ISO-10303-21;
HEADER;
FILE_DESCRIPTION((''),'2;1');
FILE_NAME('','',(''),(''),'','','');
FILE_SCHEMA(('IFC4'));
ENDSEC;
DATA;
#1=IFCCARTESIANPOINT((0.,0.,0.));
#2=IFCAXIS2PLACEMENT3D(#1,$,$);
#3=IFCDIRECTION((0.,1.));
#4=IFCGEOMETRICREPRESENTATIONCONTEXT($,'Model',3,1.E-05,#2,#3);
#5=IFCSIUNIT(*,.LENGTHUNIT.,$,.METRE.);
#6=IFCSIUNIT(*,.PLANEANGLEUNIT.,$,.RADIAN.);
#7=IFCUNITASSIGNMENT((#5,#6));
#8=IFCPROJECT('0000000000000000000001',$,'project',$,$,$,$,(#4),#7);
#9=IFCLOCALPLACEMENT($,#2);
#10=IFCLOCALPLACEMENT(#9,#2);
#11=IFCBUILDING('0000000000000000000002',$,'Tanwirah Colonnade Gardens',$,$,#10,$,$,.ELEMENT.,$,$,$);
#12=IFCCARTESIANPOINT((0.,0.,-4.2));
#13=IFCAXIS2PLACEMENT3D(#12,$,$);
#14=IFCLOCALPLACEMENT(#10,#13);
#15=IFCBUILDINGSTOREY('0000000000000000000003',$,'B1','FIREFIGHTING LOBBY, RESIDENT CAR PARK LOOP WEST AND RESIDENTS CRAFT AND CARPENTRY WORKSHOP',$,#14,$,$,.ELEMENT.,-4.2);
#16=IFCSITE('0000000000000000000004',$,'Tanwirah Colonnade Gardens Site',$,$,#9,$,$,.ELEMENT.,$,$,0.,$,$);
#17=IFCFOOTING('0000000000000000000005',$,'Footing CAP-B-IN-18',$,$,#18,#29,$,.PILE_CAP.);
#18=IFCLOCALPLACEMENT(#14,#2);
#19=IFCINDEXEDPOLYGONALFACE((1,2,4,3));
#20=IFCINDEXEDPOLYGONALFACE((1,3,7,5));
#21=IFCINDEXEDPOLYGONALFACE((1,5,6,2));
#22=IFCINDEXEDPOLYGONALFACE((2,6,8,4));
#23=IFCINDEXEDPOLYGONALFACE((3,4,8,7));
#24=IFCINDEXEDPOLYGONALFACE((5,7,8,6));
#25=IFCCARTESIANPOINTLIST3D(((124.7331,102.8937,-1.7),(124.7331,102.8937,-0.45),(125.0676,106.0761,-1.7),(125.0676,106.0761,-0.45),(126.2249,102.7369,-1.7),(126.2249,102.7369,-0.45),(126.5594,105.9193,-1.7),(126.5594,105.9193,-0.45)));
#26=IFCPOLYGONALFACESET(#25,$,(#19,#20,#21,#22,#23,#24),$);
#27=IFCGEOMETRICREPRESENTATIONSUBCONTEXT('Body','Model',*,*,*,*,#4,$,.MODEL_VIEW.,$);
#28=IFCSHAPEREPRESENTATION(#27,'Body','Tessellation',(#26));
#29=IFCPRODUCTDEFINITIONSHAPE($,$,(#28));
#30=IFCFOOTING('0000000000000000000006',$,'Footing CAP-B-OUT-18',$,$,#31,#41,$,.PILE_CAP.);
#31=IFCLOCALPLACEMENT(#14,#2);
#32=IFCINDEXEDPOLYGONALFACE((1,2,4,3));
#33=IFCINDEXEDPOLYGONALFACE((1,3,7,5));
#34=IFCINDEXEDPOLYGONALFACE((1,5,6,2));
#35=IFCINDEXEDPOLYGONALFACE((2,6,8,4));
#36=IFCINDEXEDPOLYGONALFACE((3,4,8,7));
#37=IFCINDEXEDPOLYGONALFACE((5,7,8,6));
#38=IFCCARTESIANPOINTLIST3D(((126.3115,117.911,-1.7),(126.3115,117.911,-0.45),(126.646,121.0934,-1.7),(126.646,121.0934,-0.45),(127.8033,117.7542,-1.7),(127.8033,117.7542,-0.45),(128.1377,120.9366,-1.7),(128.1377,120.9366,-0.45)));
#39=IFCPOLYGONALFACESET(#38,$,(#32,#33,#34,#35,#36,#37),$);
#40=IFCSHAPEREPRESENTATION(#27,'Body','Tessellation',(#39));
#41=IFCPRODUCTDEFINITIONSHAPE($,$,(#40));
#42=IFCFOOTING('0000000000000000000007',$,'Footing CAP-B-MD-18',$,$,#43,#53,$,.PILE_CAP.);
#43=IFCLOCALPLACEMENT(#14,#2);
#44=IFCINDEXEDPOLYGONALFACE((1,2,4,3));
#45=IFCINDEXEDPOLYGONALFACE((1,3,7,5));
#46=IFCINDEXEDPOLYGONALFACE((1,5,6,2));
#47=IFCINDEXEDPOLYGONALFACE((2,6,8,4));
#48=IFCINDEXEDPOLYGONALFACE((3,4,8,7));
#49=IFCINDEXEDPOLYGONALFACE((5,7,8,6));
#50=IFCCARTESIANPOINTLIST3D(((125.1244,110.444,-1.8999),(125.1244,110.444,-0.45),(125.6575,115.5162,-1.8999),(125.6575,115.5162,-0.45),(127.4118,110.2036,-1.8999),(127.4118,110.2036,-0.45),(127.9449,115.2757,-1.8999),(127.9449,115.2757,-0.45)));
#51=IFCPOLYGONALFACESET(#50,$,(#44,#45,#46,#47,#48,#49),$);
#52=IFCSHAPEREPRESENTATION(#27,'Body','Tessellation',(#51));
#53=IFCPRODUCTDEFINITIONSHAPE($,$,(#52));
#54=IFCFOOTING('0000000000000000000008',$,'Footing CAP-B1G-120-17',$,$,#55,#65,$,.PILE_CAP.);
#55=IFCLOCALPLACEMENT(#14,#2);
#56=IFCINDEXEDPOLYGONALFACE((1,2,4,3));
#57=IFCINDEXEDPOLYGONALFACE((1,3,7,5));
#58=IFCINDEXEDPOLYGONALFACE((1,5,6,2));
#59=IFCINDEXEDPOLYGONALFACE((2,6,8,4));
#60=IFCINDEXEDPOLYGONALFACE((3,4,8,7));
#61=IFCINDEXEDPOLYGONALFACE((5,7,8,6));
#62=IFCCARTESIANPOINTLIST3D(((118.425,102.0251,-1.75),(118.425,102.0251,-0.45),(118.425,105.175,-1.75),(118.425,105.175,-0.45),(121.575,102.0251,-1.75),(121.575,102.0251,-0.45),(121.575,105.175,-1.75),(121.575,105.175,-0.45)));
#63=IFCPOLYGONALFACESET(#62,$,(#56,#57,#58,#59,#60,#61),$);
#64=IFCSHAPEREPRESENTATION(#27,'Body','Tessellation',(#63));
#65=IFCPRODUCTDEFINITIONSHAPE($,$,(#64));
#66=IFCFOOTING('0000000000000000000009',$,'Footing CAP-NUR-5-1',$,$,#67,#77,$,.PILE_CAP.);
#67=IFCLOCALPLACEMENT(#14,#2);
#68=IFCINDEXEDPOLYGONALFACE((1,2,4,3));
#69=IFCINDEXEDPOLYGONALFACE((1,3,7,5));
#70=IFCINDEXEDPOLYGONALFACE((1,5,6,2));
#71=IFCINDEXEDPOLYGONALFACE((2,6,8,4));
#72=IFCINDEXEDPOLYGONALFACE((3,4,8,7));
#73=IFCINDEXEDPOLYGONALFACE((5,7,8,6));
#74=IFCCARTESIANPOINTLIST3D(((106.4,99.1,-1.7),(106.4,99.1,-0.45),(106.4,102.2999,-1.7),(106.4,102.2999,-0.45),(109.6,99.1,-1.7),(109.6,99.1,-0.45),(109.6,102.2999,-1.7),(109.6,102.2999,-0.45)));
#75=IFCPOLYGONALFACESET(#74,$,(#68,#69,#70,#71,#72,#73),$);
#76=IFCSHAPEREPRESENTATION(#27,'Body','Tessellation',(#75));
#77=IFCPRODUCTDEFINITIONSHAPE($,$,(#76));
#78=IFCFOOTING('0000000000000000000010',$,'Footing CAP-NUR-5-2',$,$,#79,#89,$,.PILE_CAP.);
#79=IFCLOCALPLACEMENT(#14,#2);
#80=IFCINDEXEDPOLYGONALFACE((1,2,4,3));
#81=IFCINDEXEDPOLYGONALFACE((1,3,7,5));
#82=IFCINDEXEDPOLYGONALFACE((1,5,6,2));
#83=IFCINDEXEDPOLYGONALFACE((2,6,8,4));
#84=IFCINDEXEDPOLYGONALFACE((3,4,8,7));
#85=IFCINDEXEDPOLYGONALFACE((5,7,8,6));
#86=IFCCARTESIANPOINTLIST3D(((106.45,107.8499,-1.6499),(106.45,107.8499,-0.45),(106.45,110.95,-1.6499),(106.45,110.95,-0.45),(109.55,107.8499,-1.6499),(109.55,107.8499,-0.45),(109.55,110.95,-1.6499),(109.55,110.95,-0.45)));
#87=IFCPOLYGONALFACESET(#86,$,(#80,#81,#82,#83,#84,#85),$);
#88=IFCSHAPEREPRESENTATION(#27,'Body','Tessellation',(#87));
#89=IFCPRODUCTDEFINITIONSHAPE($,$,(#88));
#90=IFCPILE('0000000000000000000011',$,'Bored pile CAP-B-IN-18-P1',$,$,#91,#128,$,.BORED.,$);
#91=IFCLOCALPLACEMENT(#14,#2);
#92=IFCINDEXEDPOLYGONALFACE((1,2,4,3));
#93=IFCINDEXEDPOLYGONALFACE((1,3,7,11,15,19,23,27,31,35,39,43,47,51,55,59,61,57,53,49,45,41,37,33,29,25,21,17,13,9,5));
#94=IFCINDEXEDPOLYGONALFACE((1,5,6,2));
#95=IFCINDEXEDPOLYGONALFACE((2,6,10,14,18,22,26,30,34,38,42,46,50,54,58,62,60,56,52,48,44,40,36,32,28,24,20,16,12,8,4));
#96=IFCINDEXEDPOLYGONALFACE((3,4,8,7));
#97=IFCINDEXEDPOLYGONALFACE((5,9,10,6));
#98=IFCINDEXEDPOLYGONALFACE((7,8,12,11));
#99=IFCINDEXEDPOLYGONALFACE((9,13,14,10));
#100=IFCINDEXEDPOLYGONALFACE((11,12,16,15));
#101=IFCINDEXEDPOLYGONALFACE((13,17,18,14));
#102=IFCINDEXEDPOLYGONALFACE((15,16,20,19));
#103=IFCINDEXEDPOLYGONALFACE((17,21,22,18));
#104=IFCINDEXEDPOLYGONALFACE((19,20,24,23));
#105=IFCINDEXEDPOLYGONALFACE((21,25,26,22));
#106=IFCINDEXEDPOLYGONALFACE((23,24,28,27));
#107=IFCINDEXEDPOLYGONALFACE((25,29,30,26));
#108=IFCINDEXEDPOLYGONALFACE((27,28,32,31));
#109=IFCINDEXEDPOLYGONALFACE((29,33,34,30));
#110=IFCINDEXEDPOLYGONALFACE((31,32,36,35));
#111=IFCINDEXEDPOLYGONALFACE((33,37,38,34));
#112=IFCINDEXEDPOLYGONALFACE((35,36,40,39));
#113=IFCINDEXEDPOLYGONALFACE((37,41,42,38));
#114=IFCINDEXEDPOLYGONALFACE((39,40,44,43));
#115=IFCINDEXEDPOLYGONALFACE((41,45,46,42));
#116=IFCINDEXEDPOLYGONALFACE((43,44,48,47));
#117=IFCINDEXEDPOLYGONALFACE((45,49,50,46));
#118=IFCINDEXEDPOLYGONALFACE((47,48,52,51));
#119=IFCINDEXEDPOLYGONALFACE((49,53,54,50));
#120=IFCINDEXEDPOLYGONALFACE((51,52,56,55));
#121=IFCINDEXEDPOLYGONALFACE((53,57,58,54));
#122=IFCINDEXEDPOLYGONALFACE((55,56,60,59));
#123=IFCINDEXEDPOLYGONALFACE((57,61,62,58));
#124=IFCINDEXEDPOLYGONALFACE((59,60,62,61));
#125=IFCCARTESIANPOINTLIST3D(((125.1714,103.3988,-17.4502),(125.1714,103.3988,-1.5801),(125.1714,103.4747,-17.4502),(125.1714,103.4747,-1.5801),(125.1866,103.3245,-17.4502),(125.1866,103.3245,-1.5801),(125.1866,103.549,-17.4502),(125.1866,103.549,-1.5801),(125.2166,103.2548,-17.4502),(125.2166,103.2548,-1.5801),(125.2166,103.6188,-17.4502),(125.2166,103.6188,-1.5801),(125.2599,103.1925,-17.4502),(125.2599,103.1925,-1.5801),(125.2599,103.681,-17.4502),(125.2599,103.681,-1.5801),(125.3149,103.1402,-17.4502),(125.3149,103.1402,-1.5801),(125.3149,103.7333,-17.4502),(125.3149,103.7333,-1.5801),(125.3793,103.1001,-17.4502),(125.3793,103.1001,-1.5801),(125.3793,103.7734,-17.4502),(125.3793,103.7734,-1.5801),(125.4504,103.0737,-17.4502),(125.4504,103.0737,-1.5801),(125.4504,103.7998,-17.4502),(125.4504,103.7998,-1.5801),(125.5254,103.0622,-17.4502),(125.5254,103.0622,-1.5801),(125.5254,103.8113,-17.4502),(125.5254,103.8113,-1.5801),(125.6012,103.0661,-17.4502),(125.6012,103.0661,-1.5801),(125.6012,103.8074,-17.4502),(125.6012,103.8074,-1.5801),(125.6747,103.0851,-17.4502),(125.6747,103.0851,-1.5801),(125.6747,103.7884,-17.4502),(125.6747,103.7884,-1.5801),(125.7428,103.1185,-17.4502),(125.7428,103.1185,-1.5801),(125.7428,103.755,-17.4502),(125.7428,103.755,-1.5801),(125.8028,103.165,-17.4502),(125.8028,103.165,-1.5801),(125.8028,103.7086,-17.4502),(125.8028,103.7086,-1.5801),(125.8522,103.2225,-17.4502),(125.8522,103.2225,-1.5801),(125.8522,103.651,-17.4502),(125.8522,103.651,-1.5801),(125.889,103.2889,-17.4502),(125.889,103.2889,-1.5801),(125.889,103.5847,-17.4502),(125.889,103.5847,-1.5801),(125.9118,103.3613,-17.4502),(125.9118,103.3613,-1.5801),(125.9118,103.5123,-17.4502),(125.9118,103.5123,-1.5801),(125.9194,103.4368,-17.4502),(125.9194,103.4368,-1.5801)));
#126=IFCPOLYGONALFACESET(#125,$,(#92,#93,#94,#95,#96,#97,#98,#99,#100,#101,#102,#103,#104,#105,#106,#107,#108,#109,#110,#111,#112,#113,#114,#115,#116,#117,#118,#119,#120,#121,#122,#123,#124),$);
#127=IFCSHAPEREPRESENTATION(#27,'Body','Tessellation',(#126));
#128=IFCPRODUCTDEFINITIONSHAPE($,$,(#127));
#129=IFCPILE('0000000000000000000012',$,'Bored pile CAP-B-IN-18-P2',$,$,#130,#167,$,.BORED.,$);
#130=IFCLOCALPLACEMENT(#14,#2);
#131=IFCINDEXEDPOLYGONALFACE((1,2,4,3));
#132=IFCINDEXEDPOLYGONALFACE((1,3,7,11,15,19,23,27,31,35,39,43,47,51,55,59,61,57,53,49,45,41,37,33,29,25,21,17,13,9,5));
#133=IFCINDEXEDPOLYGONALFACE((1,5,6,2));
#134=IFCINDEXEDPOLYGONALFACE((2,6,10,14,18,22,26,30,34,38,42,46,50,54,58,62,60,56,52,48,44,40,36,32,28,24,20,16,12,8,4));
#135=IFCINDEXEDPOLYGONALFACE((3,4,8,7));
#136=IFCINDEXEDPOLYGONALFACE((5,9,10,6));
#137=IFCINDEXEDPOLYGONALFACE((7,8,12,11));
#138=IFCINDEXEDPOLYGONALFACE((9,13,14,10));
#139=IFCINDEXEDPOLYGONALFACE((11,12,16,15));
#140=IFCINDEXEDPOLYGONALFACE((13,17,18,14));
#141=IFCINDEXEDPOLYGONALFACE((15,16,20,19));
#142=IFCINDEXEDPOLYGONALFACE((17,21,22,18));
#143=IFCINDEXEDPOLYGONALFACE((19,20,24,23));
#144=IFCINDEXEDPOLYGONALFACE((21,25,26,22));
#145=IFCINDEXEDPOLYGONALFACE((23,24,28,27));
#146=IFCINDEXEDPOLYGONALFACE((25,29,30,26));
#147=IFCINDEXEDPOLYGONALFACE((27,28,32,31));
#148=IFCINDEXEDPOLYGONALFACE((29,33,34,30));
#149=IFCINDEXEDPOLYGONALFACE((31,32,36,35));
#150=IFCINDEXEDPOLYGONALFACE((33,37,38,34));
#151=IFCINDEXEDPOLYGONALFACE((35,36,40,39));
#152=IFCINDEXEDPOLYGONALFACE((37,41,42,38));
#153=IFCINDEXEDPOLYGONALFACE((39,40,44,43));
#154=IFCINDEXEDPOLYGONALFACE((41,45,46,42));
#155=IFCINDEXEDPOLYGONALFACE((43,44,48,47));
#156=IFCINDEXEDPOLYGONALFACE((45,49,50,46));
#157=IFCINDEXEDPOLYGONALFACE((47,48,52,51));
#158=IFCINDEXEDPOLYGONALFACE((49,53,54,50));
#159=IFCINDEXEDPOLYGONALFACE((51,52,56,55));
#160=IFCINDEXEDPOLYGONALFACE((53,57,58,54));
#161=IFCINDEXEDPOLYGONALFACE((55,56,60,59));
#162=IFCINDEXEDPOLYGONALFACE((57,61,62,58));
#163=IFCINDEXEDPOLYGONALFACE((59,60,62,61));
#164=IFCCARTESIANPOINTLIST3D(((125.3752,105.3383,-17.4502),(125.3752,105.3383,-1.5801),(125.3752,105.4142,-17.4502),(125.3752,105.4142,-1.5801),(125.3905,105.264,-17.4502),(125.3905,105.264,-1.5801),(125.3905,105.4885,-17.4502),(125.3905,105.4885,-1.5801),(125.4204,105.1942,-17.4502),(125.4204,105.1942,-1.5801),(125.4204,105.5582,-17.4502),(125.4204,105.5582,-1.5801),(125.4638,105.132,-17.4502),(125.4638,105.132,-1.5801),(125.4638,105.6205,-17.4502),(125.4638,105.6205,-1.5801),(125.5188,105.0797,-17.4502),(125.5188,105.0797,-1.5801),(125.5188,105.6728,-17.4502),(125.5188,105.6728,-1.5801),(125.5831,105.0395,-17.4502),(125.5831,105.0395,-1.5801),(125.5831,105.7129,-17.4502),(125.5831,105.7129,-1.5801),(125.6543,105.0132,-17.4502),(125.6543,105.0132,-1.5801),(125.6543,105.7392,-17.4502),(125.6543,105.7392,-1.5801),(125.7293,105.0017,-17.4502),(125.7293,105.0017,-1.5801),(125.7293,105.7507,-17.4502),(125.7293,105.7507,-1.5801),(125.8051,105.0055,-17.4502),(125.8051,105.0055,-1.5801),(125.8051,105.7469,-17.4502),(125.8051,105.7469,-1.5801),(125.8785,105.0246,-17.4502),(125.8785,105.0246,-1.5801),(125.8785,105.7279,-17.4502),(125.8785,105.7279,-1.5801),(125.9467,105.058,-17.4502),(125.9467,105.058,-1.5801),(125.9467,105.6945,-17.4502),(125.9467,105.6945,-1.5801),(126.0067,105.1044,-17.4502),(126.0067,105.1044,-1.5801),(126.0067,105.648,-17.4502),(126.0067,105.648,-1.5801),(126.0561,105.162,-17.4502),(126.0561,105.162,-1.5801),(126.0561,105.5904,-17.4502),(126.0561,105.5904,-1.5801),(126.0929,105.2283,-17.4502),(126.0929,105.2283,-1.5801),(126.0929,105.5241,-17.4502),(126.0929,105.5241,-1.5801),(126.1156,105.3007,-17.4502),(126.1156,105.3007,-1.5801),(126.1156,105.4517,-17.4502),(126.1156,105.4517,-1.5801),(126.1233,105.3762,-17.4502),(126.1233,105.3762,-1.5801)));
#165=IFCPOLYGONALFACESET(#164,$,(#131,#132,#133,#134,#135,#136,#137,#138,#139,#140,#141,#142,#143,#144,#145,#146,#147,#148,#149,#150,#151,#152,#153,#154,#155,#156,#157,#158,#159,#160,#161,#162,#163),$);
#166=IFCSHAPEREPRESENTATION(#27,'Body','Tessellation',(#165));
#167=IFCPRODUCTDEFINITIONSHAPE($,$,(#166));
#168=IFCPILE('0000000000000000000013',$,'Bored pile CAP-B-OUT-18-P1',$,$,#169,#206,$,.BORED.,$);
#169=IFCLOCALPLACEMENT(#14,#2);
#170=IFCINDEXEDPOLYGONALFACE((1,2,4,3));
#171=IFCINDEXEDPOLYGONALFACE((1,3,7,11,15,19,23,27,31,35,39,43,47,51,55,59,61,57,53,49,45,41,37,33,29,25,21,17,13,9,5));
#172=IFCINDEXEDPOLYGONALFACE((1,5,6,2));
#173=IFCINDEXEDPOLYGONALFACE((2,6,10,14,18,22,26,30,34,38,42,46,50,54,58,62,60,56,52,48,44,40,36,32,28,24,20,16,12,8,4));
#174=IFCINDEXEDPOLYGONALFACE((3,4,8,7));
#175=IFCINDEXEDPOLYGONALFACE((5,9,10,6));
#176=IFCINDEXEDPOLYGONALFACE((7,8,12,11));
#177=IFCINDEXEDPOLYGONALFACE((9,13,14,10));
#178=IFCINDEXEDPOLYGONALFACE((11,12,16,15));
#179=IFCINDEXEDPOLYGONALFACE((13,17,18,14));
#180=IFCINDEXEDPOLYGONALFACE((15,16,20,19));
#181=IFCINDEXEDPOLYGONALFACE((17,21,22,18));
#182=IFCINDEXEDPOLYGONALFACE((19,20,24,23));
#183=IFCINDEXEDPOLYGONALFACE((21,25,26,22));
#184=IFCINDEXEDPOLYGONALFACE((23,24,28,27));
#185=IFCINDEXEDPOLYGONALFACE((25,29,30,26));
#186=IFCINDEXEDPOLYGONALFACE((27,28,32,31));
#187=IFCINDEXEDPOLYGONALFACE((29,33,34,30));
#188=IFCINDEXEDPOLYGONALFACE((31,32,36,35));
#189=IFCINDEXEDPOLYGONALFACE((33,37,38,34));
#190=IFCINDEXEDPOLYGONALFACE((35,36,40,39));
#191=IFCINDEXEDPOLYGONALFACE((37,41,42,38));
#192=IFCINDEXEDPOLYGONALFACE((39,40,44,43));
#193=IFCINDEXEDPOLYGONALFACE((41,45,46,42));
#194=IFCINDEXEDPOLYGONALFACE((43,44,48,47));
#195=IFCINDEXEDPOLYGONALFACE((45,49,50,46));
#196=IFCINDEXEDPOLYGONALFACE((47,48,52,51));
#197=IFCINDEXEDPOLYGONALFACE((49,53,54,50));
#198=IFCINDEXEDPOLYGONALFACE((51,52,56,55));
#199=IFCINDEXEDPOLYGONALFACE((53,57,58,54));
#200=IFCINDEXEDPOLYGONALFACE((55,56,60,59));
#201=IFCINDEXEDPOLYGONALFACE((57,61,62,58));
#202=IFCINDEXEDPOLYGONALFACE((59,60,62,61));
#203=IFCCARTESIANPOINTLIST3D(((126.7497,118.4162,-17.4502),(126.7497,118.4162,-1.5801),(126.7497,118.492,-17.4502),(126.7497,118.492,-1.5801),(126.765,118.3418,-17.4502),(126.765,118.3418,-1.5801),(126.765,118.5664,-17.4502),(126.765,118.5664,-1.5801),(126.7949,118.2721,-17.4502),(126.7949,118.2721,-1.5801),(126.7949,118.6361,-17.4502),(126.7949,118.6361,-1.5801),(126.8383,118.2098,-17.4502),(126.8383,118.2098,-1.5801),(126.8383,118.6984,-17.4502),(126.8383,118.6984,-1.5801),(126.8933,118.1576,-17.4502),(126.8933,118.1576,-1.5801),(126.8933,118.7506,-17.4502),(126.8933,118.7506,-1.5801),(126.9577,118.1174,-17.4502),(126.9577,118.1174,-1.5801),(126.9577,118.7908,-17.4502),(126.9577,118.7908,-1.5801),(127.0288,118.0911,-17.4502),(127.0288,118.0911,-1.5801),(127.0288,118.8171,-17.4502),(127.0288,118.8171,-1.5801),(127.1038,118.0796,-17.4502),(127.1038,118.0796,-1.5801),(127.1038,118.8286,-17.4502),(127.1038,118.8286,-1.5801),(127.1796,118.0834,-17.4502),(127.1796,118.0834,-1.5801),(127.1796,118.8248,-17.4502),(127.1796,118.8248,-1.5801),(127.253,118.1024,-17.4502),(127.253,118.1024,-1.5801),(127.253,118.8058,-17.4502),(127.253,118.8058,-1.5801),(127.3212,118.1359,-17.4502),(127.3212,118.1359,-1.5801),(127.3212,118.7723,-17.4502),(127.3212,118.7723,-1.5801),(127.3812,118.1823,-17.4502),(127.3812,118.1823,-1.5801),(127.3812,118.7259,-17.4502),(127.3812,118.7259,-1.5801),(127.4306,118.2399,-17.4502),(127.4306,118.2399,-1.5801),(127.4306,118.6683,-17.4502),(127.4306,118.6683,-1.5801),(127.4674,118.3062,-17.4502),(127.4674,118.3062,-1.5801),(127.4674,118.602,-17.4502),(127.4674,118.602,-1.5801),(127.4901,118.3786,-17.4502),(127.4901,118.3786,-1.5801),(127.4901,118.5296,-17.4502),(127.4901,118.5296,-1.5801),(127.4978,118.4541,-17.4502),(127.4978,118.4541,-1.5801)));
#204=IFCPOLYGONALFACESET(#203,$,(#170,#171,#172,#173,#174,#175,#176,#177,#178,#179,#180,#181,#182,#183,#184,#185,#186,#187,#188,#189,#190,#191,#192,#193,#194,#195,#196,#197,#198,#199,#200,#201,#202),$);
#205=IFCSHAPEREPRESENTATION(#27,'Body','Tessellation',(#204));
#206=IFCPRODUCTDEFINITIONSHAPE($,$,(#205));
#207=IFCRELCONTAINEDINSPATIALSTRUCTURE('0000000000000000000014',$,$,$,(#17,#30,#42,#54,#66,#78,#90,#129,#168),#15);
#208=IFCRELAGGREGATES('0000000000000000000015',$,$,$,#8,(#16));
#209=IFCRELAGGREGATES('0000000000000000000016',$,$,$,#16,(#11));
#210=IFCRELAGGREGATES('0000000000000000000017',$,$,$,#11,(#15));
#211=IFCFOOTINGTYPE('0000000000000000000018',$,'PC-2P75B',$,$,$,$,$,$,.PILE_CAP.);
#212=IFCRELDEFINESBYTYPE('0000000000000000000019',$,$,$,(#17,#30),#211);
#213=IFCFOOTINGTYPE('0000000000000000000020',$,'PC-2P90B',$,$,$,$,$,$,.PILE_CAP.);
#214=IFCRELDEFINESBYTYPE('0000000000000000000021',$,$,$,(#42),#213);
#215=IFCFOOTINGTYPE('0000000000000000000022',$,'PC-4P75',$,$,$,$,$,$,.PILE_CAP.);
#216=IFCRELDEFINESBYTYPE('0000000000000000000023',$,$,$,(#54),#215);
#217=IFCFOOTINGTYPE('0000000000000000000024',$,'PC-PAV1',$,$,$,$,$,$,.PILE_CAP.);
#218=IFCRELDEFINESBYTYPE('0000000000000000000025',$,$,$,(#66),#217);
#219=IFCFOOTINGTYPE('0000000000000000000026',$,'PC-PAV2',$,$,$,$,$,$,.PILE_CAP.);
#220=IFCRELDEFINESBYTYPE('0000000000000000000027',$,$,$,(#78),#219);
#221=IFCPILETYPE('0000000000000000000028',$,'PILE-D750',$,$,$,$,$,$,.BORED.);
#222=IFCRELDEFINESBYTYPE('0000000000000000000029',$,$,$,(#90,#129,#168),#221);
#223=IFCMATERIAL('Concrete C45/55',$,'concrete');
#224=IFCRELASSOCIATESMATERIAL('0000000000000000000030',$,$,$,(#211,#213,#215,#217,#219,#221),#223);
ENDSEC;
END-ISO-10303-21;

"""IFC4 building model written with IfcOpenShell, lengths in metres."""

from ifc_helpers import new_model, si_unit, direction, frame, origin, origin_2d, place, context, subcontext, project, spatial, rectangle, circle, extrude, material, material_profile, profile_set, type_object, element, save


model = new_model("IFC4")

# Units and contexts
model_context = context("Model", 3, precision=1e-05, world=origin(), true_north=direction((0.0, 1.0)))
body_context = subcontext(model_context, "Body", "Model", "MODEL_VIEW")
ifc_project = project(units=[si_unit("LENGTHUNIT", "METRE"), si_unit("PLANEANGLEUNIT", "RADIAN")], contexts=[model_context])

# Site, building, storey
site_placement = place(None, origin())
site = spatial("IfcSite", under=ifc_project, at=site_placement, Name="Tanwirah Colonnade Gardens Site", CompositionType="ELEMENT", RefElevation=0.0)
building_placement = place(site_placement, origin())
building = spatial("IfcBuilding", under=site, at=building_placement, Name="Tanwirah Colonnade Gardens", CompositionType="ELEMENT")
storey_placement = place(building_placement, frame((0.0, 0.0, -4.2)))
storey = spatial("IfcBuildingStorey", under=building, at=storey_placement, Name="B1", Description="FIREFIGHTING LOBBY, RESIDENT CAR PARK LOOP WEST AND RESIDENTS CRAFT AND CARPENTRY WORKSHOP", CompositionType="ELEMENT", Elevation=-4.2)

# Footings
ifc_material_1 = material(Name="Concrete C45/55", Category="concrete")
footing_type_1 = type_object("IfcFootingType", Name="PC-2P75B", PredefinedType="PILE_CAP", material=ifc_material_1)
for number, where, z_axis, x_axis, name in (
    (1, (125.6462, 104.4065, -1.7), (0.0, 0.0, 1.0), (0.104528, 0.994522, 0.0), "Footing CAP-B-IN-18"),
    (2, (127.2246, 119.4238, -1.7), (0.0, 0.0, 1.0), (0.104528, 0.994522, 0.0), "Footing CAP-B-OUT-18"),
):
    element("IfcFooting", number, at=place(storey_placement, frame(where, z_axis=z_axis, x_axis=x_axis)), inside=storey, type_object=footing_type_1, Name=name, PredefinedType="PILE_CAP", context=body_context, shape_type="SweptSolid", body=[
        extrude(rectangle(XDim=3.2, YDim=1.5, at=origin_2d()), origin(), (0.0, 0.0, 1.0), 1.25),
    ])
footing_type_2 = type_object("IfcFootingType", Name="PC-2P90B", PredefinedType="PILE_CAP", material=ifc_material_1)
footing_1_placement = place(storey_placement, frame((126.5347, 112.8599, -1.8999), z_axis=(0.0, 0.0, 1.0), x_axis=(0.104528, 0.994522, 0.0)))
element("IfcFooting", 3, at=footing_1_placement, inside=storey, type_object=footing_type_2, Name="Footing CAP-B-MD-18", PredefinedType="PILE_CAP", context=body_context, shape_type="SweptSolid", body=[
    extrude(rectangle(XDim=5.1001, YDim=2.3, at=origin_2d()), origin(), (0.0, 0.0, 1.0), 1.45),
])
footing_type_3 = type_object("IfcFootingType", Name="PC-4P75", PredefinedType="PILE_CAP", material=ifc_material_1)
footing_2_placement = place(storey_placement, frame((120.0, 103.6001, -1.75), z_axis=(0.0, 0.0, 1.0), x_axis=(1.0, 0.0, 0.0)))
element("IfcFooting", 4, at=footing_2_placement, inside=storey, type_object=footing_type_3, Name="Footing CAP-B1G-120-17", PredefinedType="PILE_CAP", context=body_context, shape_type="SweptSolid", body=[
    extrude(rectangle(XDim=3.1499, YDim=3.1499, at=origin_2d()), origin(), (0.0, 0.0, 1.0), 1.3),
])
footing_type_4 = type_object("IfcFootingType", Name="PC-PAV1", PredefinedType="PILE_CAP", material=ifc_material_1)
footing_3_placement = place(storey_placement, frame((108.0, 100.7, -1.7), z_axis=(0.0, 0.0, 1.0), x_axis=(1.0, 0.0, 0.0)))
element("IfcFooting", 5, at=footing_3_placement, inside=storey, type_object=footing_type_4, Name="Footing CAP-NUR-5-1", PredefinedType="PILE_CAP", context=body_context, shape_type="SweptSolid", body=[
    extrude(rectangle(XDim=3.2, YDim=3.2, at=origin_2d()), origin(), (0.0, 0.0, 1.0), 1.25),
])
footing_type_5 = type_object("IfcFootingType", Name="PC-PAV2", PredefinedType="PILE_CAP", material=ifc_material_1)
footing_4_placement = place(storey_placement, frame((108.0, 109.3999, -1.6499), z_axis=(0.0, 0.0, 1.0), x_axis=(1.0, 0.0, 0.0)))
element("IfcFooting", 6, at=footing_4_placement, inside=storey, type_object=footing_type_5, Name="Footing CAP-NUR-5-2", PredefinedType="PILE_CAP", context=body_context, shape_type="SweptSolid", body=[
    extrude(rectangle(XDim=3.1001, YDim=3.1001, at=origin_2d()), origin(), (0.0, 0.0, 1.0), 1.2),
])

# Piles
ifc_material_profile_1 = material_profile(ifc_material_1, circle(Radius=0.375, at=origin_2d()), Name="PILE D750")
ifc_profile_set_1 = profile_set([ifc_material_profile_1], Name="Concrete C45/55")
pile_type_1 = type_object("IfcPileType", Name="PILE-D750", PredefinedType="BORED", material=ifc_profile_set_1)
for number, where, z_axis, x_axis, name in (
    (7, (125.5444, 103.4368, -1.5801), (0.0, 0.0, -1.0), (1.0, 0.0, 0.0), "Bored pile CAP-B-IN-18-P1"),
    (8, (125.7483, 105.3762, -1.5801), (0.0, 0.0, -1.0), (1.0, 0.0, 0.0), "Bored pile CAP-B-IN-18-P2"),
    (9, (127.1228, 118.4541, -1.5801), (0.0, 0.0, -1.0), (1.0, 0.0, 0.0), "Bored pile CAP-B-OUT-18-P1"),
):
    element("IfcPile", number, at=place(storey_placement, frame(where, z_axis=z_axis, x_axis=x_axis)), inside=storey, type_object=pile_type_1, Name=name, PredefinedType="BORED", context=body_context, shape_type="SweptSolid", body=[
        extrude(circle(Radius=0.375, at=origin_2d()), origin(), (0.0, 0.0, 1.0), 15.8701),
    ])

save(model, "model.ifc")
